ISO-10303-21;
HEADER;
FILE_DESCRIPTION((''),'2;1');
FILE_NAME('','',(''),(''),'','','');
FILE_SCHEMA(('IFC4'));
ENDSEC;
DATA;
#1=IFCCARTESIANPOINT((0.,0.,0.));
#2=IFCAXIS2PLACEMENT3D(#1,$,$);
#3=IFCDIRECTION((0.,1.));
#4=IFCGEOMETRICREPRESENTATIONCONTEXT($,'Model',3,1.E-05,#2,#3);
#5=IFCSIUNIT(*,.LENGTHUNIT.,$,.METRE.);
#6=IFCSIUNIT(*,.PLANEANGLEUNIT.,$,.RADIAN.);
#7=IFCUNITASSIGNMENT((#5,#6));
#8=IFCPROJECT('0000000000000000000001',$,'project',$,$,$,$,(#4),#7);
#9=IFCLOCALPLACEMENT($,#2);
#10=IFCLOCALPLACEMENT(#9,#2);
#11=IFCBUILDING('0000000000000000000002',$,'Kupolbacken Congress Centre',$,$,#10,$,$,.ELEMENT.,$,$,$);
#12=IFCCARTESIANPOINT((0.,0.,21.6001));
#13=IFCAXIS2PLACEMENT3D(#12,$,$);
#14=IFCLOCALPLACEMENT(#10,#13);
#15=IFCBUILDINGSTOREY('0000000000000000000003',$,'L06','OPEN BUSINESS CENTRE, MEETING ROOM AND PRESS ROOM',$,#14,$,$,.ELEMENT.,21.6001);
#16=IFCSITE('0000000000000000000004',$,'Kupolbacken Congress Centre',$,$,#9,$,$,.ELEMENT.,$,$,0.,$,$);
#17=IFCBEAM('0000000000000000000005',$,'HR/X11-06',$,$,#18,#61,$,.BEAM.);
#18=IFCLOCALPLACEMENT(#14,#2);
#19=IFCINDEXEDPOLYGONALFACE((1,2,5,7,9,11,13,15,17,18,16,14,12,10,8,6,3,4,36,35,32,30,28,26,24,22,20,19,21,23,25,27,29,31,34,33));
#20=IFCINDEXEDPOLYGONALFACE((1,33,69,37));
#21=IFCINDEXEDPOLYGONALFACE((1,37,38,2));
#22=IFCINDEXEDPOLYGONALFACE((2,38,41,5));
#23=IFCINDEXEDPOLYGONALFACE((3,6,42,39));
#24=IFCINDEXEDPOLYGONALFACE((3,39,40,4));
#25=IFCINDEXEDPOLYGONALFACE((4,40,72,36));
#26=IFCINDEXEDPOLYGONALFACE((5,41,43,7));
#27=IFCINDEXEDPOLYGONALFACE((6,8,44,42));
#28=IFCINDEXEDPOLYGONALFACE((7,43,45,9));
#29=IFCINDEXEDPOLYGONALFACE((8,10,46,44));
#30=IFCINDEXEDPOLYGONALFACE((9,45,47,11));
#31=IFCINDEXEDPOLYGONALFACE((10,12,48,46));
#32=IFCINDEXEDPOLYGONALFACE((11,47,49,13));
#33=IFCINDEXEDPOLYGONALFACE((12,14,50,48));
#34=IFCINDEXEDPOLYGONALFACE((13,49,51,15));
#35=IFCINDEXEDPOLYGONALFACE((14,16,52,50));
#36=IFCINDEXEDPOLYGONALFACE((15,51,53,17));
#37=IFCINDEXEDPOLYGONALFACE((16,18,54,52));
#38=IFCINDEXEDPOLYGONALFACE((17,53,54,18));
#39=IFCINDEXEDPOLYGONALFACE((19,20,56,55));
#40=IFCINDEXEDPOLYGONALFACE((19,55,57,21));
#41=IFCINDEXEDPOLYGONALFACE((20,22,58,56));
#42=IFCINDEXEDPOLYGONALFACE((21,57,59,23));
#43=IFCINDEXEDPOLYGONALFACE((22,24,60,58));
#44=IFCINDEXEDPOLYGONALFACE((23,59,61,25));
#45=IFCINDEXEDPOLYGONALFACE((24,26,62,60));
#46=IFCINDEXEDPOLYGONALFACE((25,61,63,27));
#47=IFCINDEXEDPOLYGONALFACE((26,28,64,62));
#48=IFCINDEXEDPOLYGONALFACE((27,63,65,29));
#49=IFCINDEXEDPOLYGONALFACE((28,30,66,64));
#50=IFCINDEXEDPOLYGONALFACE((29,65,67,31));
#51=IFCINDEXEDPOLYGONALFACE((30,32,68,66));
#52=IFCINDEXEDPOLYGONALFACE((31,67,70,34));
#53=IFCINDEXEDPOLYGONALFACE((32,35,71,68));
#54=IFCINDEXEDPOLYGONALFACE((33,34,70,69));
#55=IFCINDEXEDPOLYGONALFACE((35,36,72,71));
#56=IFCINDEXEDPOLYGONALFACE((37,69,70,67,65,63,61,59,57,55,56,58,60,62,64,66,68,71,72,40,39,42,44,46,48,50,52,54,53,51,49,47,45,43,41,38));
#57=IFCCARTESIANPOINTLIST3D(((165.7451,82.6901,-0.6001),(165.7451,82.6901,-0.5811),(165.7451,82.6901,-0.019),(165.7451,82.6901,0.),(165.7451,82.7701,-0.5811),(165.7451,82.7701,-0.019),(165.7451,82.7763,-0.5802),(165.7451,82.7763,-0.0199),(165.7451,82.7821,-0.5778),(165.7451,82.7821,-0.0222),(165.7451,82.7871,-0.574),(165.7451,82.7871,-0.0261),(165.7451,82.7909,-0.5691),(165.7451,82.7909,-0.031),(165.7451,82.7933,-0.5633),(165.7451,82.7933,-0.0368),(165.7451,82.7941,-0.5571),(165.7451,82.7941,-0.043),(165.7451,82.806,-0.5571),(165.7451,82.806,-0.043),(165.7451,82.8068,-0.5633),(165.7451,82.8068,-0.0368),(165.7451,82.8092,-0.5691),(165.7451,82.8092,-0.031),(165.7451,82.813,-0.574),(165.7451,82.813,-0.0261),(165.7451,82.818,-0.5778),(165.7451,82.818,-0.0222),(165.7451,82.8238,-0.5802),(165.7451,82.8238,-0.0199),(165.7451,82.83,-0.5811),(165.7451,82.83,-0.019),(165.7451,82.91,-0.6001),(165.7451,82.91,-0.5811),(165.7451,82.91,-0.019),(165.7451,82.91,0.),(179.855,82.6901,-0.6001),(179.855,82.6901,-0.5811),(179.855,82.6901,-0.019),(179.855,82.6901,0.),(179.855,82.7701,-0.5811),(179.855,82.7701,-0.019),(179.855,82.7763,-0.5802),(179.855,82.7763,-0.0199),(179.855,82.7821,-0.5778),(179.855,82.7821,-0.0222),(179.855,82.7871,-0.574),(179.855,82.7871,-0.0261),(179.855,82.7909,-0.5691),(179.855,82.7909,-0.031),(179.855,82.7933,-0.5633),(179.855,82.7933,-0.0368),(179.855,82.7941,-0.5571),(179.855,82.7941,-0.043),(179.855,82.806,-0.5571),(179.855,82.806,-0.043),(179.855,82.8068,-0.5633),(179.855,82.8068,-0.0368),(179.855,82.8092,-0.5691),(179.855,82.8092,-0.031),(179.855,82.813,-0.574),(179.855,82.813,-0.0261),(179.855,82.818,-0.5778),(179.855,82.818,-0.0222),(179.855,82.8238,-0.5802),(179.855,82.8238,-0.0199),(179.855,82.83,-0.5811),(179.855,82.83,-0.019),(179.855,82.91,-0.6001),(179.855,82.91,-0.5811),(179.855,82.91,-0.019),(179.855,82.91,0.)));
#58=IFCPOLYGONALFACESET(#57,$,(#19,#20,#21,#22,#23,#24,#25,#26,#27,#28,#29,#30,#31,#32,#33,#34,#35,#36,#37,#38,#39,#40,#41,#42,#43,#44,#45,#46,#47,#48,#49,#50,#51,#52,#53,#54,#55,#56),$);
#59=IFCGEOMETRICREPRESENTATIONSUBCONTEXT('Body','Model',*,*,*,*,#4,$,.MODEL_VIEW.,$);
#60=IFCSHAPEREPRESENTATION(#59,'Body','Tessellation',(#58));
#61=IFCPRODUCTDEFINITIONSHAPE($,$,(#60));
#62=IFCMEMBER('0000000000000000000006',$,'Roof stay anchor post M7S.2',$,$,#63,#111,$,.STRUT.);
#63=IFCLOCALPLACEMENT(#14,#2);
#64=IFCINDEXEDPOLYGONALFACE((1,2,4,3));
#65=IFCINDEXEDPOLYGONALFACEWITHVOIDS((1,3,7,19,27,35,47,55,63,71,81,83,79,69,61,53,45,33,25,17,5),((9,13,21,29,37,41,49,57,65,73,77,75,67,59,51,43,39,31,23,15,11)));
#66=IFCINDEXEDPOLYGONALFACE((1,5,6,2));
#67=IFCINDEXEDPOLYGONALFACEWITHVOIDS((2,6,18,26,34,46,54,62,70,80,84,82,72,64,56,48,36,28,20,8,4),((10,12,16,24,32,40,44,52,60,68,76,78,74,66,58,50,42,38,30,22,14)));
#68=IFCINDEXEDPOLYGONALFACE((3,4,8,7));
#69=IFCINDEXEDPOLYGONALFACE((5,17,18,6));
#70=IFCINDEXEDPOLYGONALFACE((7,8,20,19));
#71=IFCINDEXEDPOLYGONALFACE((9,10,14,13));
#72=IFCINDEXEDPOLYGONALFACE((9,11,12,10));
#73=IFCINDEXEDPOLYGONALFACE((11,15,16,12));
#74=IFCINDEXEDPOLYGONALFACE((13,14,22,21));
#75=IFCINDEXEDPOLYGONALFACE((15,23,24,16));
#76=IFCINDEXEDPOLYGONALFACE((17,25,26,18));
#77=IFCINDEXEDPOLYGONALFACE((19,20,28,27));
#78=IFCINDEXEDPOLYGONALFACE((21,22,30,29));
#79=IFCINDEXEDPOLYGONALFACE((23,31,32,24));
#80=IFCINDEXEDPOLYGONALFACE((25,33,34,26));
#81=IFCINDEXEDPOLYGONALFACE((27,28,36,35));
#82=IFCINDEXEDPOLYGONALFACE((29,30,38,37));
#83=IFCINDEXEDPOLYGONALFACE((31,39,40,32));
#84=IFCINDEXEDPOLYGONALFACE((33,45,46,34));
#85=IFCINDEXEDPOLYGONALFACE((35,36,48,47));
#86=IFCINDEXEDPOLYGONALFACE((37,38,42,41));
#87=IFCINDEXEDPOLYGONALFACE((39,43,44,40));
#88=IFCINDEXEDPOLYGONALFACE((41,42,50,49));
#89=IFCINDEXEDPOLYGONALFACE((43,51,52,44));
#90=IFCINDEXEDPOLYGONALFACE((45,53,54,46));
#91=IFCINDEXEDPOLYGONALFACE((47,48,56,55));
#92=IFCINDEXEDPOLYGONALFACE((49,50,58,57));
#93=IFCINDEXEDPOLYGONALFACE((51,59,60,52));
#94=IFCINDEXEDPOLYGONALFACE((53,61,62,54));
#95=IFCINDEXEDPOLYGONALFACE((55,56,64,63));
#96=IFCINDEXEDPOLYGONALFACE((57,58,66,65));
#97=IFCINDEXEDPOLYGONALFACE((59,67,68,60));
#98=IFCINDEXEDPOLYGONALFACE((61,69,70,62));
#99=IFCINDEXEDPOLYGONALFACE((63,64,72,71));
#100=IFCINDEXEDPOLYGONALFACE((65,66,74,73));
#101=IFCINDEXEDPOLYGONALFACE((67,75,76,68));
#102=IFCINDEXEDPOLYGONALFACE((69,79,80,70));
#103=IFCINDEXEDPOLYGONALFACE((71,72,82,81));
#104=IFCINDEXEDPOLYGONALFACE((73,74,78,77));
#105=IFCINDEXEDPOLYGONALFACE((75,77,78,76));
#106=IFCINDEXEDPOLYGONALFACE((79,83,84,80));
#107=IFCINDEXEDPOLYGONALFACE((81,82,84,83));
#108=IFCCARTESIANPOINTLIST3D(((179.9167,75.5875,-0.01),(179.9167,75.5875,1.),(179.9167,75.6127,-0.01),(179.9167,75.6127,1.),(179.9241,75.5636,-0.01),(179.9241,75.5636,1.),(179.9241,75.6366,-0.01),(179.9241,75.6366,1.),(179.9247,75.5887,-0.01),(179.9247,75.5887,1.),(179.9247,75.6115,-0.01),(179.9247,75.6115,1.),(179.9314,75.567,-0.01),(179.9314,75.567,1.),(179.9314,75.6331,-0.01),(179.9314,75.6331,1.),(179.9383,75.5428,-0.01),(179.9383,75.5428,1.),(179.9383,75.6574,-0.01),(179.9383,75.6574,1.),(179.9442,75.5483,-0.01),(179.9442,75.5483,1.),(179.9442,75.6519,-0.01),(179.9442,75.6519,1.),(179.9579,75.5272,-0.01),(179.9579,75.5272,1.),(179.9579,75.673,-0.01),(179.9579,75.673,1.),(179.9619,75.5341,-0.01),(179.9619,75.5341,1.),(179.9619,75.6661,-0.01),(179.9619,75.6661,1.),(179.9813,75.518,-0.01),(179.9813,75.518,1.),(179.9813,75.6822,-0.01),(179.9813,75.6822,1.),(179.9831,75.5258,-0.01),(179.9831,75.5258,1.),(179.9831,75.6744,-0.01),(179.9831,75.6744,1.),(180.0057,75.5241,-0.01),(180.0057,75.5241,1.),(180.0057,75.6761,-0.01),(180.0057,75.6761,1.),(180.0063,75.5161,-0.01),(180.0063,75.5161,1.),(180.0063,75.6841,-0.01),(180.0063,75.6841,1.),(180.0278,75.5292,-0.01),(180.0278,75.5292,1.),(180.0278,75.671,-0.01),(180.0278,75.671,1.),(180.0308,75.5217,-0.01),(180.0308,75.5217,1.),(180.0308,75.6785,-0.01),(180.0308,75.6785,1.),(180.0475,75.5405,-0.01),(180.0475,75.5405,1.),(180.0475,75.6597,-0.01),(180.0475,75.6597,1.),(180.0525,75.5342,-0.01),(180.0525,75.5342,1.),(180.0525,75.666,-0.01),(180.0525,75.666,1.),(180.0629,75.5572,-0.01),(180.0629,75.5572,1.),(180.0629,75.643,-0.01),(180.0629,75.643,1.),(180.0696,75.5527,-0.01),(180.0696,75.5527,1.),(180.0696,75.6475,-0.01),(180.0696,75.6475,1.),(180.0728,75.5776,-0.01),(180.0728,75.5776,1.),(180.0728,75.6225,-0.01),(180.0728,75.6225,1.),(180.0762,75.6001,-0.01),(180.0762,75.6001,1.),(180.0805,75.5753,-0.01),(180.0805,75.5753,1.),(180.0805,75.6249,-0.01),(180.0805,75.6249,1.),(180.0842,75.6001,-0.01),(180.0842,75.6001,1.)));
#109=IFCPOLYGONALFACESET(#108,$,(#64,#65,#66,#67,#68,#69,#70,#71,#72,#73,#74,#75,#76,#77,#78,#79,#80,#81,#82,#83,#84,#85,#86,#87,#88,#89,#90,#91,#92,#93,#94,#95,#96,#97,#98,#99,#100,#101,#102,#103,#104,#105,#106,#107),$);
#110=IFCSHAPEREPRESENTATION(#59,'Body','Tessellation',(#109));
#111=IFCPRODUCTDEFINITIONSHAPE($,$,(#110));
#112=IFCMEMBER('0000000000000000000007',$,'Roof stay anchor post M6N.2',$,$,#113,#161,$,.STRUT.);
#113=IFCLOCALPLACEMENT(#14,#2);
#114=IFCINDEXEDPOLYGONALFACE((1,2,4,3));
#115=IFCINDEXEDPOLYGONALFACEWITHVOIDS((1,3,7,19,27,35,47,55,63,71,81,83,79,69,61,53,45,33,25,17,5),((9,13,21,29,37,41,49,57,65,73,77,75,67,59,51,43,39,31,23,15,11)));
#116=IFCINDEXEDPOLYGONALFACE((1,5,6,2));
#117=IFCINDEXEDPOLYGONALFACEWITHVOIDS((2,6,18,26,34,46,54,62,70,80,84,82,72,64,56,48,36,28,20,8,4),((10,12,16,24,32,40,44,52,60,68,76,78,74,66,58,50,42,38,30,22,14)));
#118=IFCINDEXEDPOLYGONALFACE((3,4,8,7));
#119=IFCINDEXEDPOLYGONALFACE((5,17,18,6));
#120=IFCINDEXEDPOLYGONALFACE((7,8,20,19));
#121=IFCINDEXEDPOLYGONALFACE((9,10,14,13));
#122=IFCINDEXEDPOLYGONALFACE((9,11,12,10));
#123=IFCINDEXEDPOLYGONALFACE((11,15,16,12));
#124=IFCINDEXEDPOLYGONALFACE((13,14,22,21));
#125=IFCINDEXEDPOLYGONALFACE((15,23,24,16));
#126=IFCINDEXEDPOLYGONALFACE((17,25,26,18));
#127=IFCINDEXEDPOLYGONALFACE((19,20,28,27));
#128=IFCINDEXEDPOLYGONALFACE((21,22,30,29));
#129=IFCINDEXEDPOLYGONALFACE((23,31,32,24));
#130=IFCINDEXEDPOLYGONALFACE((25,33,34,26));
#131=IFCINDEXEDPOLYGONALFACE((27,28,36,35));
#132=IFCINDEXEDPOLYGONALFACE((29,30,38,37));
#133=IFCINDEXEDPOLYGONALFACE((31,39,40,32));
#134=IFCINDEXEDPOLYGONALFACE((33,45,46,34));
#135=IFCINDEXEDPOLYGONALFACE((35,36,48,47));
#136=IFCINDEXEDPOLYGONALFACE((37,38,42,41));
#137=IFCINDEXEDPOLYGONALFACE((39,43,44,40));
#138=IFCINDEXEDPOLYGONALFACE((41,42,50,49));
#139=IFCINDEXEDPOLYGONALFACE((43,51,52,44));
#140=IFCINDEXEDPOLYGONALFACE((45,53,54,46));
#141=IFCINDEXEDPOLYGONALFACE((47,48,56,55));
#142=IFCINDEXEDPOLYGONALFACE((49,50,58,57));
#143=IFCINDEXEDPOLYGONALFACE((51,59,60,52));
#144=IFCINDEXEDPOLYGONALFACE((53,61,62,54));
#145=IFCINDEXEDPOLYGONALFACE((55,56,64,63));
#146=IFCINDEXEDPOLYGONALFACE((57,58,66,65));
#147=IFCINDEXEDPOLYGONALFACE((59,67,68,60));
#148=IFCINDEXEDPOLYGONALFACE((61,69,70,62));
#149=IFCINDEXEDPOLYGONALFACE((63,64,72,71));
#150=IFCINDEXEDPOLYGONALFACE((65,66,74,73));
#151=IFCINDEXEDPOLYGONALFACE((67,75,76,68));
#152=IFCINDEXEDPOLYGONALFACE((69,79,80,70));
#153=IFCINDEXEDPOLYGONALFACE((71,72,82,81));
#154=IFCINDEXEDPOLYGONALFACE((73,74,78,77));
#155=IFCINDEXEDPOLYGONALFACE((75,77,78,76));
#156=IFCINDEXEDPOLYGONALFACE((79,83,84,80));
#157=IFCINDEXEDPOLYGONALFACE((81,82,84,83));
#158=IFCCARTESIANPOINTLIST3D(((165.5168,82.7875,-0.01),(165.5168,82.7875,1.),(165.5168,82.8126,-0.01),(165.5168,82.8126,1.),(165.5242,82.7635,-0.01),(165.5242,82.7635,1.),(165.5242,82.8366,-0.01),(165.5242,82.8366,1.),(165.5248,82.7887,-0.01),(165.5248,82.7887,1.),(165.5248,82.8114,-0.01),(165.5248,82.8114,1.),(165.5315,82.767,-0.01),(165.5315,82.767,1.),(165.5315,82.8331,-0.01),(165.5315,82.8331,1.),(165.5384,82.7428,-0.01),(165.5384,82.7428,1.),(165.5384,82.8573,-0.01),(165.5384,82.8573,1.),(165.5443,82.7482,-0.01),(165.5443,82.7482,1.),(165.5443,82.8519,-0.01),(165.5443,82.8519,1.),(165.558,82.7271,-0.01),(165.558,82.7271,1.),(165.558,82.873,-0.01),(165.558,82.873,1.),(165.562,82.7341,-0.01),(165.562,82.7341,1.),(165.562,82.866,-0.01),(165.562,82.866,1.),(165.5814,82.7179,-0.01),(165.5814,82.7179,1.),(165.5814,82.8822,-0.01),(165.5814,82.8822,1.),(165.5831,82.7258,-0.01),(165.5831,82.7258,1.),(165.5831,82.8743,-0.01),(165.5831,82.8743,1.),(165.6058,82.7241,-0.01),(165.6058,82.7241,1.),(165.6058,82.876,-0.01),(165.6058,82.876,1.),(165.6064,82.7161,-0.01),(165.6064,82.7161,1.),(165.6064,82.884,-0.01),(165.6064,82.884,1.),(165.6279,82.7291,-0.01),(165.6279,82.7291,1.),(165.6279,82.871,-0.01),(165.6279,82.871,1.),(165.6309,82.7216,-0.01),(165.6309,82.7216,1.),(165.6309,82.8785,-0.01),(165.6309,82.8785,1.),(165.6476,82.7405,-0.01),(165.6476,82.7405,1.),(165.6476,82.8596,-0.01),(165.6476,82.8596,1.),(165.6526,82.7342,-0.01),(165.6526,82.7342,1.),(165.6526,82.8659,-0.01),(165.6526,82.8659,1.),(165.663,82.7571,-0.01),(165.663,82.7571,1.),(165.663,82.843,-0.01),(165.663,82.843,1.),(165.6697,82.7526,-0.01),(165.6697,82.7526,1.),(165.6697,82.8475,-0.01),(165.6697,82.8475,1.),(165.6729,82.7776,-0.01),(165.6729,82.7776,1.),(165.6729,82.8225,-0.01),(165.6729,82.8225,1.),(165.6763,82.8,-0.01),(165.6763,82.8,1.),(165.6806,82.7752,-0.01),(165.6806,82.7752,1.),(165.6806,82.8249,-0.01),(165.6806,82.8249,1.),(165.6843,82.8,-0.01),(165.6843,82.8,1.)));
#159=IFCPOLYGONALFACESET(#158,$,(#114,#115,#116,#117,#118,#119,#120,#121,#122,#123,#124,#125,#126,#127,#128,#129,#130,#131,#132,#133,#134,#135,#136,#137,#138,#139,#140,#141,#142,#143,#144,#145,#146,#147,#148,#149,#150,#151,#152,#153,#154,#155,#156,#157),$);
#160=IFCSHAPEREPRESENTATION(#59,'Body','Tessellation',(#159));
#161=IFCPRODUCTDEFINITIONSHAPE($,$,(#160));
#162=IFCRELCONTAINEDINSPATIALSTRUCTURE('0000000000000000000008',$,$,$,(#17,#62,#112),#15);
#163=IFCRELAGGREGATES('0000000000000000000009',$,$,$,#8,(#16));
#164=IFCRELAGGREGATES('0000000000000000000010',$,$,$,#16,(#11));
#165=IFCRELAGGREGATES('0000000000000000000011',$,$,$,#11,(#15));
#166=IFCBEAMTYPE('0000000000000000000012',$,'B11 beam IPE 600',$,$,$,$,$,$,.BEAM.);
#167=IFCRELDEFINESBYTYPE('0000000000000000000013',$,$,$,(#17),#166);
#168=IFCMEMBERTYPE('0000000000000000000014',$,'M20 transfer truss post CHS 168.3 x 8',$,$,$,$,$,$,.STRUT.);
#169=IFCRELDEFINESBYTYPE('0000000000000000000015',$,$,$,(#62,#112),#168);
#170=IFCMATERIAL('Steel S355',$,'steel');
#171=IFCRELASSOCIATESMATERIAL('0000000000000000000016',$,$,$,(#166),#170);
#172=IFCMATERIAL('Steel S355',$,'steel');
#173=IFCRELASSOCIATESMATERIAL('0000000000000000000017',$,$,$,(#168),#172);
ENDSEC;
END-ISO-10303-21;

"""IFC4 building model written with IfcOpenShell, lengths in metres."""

from ifc_helpers import new_model, si_unit, direction, frame, origin, origin_2d, place, context, subcontext, project, spatial, hollow_circle, i_section, extrude, material, material_profile, profile_set, type_object, element, save


model = new_model("IFC4")

# Units and contexts
model_context = context("Model", 3, precision=1e-05, world=origin(), true_north=direction((0.0, 1.0)))
body_context = subcontext(model_context, "Body", "Model", "MODEL_VIEW")
ifc_project = project(units=[si_unit("LENGTHUNIT", "METRE"), si_unit("PLANEANGLEUNIT", "RADIAN")], contexts=[model_context])

# Site, building, storey
site_placement = place(None, origin())
site = spatial("IfcSite", under=ifc_project, at=site_placement, Name="Kupolbacken Congress Centre", CompositionType="ELEMENT", RefElevation=0.0)
building_placement = place(site_placement, origin())
building = spatial("IfcBuilding", under=site, at=building_placement, Name="Kupolbacken Congress Centre", CompositionType="ELEMENT")
storey_placement = place(building_placement, frame((0.0, 0.0, 21.6001)))
storey = spatial("IfcBuildingStorey", under=building, at=storey_placement, Name="L06", Description="OPEN BUSINESS CENTRE, MEETING ROOM AND PRESS ROOM", CompositionType="ELEMENT", Elevation=21.6001)

# Beam
ifc_material_1 = material(Name="Steel S355", Category="steel")
ifc_material_profile_1 = material_profile(ifc_material_1, i_section(OverallWidth=0.22, OverallDepth=0.6001, WebThickness=0.012, FlangeThickness=0.019, FilletRadius=0.0239, at=origin_2d()), Name="IPE 600")
ifc_profile_set_1 = profile_set([ifc_material_profile_1], Name="Steel S355")
beam_type_1 = type_object("IfcBeamType", Name="B11 beam IPE 600", PredefinedType="BEAM", material=ifc_profile_set_1)
beam_placement = place(storey_placement, frame((165.7451, 82.8, -0.3), z_axis=(1.0, 0.0, 0.0), x_axis=(0.0, 1.0, 0.0)))
element("IfcBeam", 1, at=beam_placement, inside=storey, type_object=beam_type_1, Name="HR/X11-06", PredefinedType="BEAM", context=body_context, shape_type="SweptSolid", body=[
    extrude(i_section(OverallWidth=0.22, OverallDepth=0.6001, WebThickness=0.012, FlangeThickness=0.019, FilletRadius=0.0239, at=origin_2d()), origin(), (0.0, 0.0, 1.0), 14.1099),
])

# Members
ifc_material_2 = material(Name="Steel S355", Category="steel")
ifc_material_profile_2 = material_profile(ifc_material_2, hollow_circle(Radius=0.0842, WallThickness=0.0081, at=origin_2d()), Name="CHS 168.3 x 8")
ifc_profile_set_2 = profile_set([ifc_material_profile_2], Name="Steel S355")
member_type_1 = type_object("IfcMemberType", Name="M20 transfer truss post CHS 168.3 x 8", PredefinedType="STRUT", material=ifc_profile_set_2)
for number, where, z_axis, x_axis, name in (
    (2, (180.0, 75.6001, -0.01), (0.0, 0.0, 1.0), (1.0, 0.0, 0.0), "Roof stay anchor post M7S.2"),
    (3, (165.6001, 82.8, -0.01), (0.0, 0.0, 1.0), (1.0, 0.0, 0.0), "Roof stay anchor post M6N.2"),
):
    element("IfcMember", number, at=place(storey_placement, frame(where, z_axis=z_axis, x_axis=x_axis)), inside=storey, type_object=member_type_1, Name=name, PredefinedType="STRUT", context=body_context, shape_type="SweptSolid", body=[
        extrude(hollow_circle(Radius=0.0842, WallThickness=0.0081, at=origin_2d()), origin(), (0.0, 0.0, 1.0), 1.01),
    ])

save(model, "model.ifc")
